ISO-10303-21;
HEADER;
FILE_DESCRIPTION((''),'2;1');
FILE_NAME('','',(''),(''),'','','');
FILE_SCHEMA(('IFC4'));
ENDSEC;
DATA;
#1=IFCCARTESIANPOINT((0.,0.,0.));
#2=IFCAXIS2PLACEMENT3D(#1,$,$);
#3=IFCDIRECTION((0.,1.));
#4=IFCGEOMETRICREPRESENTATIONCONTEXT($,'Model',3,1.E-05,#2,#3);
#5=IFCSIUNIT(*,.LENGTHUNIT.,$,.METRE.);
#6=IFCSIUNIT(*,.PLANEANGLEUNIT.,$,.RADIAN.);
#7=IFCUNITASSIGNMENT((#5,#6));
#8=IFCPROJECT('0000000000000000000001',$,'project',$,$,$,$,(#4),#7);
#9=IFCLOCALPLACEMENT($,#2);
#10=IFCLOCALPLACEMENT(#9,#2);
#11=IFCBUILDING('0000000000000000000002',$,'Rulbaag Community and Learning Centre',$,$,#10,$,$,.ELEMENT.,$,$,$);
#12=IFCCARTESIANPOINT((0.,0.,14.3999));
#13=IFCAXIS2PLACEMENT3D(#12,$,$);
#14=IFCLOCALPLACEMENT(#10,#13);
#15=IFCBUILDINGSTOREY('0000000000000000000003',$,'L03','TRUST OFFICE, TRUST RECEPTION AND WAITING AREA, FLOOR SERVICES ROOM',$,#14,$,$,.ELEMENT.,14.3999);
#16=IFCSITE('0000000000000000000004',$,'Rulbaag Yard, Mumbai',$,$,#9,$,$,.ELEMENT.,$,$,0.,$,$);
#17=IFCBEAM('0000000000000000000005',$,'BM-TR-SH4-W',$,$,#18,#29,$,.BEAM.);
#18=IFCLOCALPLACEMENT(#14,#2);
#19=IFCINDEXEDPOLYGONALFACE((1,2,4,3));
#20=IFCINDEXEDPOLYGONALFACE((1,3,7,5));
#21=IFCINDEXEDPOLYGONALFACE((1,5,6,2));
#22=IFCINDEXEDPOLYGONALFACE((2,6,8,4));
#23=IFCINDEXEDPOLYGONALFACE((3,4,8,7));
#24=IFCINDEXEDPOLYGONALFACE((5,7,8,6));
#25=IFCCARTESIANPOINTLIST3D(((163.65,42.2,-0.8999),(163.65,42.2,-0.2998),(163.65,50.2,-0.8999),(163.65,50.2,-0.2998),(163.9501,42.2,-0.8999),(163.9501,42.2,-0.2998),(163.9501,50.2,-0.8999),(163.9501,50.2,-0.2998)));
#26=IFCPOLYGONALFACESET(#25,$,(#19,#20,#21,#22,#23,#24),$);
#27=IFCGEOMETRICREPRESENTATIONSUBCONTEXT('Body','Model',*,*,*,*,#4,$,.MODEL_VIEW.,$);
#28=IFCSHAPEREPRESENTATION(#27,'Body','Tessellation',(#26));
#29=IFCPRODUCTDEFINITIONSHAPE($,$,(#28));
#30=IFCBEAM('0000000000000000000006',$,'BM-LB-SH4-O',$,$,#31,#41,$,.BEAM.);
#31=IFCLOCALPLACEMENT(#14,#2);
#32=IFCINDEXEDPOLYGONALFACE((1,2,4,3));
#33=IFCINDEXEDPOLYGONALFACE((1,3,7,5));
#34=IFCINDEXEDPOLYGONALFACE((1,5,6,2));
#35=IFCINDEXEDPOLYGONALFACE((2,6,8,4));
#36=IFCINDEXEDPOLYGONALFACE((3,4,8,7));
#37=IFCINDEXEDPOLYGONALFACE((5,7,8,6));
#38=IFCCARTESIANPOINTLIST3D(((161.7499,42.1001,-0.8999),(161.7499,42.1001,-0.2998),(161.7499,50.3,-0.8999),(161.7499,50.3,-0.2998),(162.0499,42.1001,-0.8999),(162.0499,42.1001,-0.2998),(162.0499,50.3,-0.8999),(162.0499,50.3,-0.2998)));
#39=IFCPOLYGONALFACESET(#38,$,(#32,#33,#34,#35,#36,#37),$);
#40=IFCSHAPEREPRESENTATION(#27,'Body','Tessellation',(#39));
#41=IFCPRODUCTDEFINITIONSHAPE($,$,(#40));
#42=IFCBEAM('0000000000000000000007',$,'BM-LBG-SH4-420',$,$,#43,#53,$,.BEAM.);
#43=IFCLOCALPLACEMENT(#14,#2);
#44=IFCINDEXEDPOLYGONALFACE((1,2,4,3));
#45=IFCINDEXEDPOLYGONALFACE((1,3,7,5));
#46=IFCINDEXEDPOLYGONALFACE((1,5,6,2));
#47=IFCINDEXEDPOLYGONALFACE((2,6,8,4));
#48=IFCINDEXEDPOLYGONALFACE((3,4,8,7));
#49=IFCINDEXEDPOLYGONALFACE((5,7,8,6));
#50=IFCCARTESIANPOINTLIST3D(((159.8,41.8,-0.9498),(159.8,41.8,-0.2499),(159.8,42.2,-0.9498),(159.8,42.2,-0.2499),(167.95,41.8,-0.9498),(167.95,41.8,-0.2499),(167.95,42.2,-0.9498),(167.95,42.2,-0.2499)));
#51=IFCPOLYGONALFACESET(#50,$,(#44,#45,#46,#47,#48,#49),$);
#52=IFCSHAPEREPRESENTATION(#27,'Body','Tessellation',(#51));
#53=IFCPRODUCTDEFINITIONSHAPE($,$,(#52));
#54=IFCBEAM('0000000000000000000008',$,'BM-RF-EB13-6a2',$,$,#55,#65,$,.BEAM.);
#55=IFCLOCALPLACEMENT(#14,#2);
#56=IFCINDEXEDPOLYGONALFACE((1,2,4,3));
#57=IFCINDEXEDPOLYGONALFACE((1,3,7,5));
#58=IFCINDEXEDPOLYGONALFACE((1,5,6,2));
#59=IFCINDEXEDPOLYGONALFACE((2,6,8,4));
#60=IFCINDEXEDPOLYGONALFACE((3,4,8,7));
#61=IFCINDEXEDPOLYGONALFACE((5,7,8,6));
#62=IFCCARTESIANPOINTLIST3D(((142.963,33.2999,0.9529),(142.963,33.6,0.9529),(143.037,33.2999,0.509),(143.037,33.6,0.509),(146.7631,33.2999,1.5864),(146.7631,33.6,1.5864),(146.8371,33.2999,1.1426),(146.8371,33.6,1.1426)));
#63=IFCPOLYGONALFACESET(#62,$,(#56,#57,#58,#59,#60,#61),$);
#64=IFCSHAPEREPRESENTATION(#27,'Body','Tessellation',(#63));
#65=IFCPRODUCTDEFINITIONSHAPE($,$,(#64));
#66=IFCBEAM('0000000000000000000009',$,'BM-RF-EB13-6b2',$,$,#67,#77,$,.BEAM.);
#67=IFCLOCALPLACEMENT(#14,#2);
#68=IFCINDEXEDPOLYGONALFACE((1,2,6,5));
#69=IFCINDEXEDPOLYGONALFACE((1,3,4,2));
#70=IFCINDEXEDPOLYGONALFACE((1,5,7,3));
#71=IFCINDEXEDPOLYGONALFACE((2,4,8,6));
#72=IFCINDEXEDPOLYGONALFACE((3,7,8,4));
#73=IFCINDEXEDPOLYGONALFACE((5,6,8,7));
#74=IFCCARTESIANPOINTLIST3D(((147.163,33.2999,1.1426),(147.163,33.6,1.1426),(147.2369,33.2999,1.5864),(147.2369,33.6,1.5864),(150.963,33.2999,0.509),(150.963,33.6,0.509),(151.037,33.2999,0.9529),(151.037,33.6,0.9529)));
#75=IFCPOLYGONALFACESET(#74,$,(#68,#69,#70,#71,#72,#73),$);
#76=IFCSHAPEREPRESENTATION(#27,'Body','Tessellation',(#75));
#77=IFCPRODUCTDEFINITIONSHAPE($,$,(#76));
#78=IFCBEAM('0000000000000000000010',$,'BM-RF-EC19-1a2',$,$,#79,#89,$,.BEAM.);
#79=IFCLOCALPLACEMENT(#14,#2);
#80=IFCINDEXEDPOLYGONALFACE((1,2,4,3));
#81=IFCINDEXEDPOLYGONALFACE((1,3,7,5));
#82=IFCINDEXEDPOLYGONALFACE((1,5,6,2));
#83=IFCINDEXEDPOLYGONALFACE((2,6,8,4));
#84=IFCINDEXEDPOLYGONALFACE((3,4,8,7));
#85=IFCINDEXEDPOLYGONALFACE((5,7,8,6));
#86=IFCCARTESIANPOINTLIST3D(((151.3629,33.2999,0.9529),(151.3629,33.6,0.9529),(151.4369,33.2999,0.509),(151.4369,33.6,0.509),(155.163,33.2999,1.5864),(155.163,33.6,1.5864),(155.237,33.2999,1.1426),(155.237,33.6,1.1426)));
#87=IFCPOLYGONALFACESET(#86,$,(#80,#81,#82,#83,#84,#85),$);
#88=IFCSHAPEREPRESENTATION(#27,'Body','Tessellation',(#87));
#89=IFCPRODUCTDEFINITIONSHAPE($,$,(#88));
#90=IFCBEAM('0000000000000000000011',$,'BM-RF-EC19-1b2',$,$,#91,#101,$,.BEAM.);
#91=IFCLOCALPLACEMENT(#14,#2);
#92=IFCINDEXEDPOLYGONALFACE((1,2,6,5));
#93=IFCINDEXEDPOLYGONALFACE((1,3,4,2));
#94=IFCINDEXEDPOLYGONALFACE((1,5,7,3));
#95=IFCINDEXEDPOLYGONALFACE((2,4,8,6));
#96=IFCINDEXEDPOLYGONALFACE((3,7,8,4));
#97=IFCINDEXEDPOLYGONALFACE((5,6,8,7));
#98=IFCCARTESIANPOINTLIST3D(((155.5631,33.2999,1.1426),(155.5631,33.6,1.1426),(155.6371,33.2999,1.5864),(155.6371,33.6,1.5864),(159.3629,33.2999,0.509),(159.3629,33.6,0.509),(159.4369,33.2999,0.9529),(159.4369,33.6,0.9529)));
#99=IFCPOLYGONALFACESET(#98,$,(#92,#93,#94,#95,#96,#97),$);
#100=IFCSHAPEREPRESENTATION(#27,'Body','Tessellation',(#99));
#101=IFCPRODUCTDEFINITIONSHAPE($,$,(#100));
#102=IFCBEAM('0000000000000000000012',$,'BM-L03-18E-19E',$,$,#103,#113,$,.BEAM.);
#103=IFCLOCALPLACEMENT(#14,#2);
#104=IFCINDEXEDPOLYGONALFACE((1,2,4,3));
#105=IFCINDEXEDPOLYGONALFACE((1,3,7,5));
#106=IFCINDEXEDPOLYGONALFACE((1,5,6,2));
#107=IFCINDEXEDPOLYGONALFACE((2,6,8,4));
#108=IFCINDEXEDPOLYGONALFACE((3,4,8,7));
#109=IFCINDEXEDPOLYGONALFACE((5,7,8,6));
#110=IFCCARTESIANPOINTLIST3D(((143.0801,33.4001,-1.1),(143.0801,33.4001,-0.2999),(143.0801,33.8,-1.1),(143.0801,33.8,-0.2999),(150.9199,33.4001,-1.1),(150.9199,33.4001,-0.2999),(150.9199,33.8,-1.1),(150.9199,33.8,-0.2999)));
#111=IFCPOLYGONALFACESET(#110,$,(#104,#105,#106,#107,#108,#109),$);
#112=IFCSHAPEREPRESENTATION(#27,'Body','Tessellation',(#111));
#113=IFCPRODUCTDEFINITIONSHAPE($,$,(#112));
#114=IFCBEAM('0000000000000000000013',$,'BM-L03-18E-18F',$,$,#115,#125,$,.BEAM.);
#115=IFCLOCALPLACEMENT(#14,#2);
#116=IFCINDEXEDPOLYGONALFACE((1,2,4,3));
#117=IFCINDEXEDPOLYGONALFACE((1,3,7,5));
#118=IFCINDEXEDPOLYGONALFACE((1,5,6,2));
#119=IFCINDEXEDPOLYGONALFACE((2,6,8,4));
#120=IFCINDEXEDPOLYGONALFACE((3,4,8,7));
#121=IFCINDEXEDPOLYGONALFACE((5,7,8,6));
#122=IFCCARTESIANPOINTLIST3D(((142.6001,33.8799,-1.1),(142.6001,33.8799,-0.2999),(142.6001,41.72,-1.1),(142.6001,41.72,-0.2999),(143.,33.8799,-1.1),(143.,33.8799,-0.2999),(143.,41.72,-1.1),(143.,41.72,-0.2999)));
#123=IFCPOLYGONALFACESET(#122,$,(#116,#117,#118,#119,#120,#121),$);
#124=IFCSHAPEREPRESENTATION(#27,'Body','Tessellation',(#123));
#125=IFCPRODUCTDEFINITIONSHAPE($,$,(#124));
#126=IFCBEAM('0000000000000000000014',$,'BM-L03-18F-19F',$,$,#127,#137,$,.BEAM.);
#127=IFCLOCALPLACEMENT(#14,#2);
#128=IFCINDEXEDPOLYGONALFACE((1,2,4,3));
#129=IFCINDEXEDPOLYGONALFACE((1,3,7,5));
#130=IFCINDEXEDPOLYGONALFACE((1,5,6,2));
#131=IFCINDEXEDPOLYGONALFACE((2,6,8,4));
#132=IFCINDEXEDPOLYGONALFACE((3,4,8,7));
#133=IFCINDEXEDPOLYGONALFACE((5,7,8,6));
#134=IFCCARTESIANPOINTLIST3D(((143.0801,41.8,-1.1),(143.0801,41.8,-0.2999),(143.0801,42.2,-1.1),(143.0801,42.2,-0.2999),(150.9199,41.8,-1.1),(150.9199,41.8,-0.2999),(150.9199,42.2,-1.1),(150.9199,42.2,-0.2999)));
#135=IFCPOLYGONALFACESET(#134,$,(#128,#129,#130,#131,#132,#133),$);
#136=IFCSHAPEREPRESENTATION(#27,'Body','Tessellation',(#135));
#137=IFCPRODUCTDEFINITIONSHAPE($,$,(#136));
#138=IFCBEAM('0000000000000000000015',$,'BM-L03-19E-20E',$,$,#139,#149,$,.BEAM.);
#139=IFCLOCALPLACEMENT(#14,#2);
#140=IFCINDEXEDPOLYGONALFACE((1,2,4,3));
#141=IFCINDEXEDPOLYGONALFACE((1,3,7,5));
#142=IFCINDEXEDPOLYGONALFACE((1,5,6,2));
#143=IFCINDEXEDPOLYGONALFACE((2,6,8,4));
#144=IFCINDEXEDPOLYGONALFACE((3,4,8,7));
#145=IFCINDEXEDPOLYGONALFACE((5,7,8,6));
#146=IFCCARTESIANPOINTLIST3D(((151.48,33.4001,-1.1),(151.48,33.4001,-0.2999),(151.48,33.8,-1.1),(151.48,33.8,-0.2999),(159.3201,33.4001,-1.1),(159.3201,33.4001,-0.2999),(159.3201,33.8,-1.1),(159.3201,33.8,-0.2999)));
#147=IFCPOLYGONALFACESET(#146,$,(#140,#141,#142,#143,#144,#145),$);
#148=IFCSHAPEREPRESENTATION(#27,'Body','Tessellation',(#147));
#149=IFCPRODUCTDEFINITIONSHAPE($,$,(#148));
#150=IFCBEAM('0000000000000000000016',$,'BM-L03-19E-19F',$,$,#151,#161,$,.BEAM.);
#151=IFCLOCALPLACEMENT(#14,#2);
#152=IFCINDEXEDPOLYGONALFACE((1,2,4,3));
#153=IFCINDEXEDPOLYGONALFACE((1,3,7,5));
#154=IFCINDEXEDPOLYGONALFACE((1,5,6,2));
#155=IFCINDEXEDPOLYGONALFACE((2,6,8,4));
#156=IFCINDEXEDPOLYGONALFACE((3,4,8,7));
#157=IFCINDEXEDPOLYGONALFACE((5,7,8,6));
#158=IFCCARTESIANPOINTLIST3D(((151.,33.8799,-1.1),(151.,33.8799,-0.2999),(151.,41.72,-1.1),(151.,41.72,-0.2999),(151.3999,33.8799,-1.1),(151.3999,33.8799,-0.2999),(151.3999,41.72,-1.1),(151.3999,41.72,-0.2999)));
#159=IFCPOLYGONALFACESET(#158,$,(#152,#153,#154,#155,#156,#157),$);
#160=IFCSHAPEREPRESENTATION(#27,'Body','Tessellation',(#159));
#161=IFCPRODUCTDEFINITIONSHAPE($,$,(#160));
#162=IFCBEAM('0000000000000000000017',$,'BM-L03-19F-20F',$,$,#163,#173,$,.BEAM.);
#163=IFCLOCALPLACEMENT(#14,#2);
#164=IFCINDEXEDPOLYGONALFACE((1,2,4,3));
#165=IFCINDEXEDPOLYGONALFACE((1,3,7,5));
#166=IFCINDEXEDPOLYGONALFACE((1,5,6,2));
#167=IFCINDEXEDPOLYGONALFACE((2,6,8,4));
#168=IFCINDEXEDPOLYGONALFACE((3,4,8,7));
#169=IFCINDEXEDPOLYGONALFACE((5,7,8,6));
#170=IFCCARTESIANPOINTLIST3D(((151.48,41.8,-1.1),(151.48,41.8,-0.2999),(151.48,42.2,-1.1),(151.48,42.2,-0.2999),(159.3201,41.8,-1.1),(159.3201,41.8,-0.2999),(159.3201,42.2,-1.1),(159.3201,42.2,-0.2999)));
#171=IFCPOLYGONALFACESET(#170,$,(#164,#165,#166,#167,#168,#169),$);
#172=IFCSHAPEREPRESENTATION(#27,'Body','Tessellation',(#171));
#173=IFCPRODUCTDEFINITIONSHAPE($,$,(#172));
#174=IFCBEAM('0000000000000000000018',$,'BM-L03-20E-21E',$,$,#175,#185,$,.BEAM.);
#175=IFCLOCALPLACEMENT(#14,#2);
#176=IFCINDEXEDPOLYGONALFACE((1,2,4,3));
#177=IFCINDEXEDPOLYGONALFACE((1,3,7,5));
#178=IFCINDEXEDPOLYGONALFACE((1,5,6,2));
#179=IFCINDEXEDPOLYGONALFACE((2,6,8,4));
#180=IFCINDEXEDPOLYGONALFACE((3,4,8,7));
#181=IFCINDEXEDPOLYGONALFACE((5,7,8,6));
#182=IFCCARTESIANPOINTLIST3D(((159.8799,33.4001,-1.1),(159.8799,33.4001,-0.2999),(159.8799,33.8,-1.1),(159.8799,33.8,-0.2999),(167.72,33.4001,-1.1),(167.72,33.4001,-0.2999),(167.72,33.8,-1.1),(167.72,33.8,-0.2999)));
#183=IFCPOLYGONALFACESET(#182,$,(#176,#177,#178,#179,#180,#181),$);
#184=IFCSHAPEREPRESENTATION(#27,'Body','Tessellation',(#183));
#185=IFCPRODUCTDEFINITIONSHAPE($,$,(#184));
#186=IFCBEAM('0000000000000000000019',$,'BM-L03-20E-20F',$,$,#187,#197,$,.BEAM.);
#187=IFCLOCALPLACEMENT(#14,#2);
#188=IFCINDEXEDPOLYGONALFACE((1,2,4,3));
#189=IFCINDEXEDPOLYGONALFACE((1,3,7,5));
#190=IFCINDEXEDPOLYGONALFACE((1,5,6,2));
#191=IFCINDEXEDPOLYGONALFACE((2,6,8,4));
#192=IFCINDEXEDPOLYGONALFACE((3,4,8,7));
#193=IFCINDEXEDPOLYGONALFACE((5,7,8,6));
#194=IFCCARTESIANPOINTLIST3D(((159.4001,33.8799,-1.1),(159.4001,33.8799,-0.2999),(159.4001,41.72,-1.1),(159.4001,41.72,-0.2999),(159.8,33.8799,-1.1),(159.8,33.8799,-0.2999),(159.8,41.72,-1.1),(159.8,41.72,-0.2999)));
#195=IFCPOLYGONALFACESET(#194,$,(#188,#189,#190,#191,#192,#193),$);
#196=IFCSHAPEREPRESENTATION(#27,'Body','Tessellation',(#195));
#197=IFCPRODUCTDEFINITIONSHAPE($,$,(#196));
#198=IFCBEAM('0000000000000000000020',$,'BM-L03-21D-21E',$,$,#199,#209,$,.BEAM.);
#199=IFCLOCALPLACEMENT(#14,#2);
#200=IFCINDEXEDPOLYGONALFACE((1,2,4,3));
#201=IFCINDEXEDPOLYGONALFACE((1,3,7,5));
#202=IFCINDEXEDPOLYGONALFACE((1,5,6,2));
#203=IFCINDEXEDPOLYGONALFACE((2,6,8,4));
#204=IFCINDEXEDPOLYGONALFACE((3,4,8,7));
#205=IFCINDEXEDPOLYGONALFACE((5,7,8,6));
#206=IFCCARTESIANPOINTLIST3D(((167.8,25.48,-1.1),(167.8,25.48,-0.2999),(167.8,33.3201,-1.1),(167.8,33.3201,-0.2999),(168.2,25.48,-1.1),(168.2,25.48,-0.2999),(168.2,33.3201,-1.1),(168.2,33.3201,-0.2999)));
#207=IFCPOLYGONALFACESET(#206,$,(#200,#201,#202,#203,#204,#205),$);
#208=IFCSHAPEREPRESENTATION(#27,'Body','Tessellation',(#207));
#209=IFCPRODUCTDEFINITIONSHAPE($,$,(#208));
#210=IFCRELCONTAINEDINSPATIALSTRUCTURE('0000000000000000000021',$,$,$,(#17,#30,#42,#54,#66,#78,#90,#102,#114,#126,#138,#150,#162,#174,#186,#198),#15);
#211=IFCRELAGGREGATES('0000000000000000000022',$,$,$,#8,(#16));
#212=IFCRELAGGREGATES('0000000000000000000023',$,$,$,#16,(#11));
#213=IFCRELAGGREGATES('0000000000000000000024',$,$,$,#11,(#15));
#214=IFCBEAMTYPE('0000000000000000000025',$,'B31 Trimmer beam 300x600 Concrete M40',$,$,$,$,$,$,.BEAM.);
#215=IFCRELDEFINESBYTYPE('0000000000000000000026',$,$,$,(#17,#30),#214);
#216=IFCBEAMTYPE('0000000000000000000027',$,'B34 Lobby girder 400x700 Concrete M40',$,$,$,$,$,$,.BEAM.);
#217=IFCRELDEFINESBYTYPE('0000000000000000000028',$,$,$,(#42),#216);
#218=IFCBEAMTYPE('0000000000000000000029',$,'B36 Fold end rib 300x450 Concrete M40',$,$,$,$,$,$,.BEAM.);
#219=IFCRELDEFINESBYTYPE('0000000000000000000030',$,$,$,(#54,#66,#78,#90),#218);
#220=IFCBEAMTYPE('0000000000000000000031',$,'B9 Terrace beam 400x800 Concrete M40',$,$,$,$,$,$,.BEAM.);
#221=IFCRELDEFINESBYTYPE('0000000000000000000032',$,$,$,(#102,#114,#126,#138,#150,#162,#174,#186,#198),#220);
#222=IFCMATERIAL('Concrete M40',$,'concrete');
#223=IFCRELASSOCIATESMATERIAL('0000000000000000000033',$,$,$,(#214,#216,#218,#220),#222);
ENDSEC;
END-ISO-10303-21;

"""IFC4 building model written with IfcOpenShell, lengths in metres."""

from ifc_helpers import new_model, si_unit, direction, frame, origin, origin_2d, place, context, subcontext, project, spatial, rectangle, extrude, material, material_profile, profile_set, type_object, element, save


model = new_model("IFC4")

# Units and contexts
model_context = context("Model", 3, precision=1e-05, world=origin(), true_north=direction((0.0, 1.0)))
body_context = subcontext(model_context, "Body", "Model", "MODEL_VIEW")
ifc_project = project(units=[si_unit("LENGTHUNIT", "METRE"), si_unit("PLANEANGLEUNIT", "RADIAN")], contexts=[model_context])

# Site, building, storey
site_placement = place(None, origin())
site = spatial("IfcSite", under=ifc_project, at=site_placement, Name="Rulbaag Yard, Mumbai", CompositionType="ELEMENT", RefElevation=0.0)
building_placement = place(site_placement, origin())
building = spatial("IfcBuilding", under=site, at=building_placement, Name="Rulbaag Community and Learning Centre", CompositionType="ELEMENT")
storey_placement = place(building_placement, frame((0.0, 0.0, 14.3999)))
storey = spatial("IfcBuildingStorey", under=building, at=storey_placement, Name="L03", Description="TRUST OFFICE, TRUST RECEPTION AND WAITING AREA, FLOOR SERVICES ROOM", CompositionType="ELEMENT", Elevation=14.3999)

# Beams
ifc_material_1 = material(Name="Concrete M40", Category="concrete")
ifc_material_profile_1 = material_profile(ifc_material_1, rectangle(XDim=0.3, YDim=0.6001, at=origin_2d()), Name="RB300x600")
ifc_profile_set_1 = profile_set([ifc_material_profile_1], Name="Concrete M40")
beam_type_1 = type_object("IfcBeamType", Name="B31 Trimmer beam 300x600 Concrete M40", PredefinedType="BEAM", material=ifc_profile_set_1)
beam_1_placement = place(storey_placement, frame((163.8, 42.2, -0.5999), z_axis=(0.0, 1.0, 0.0), x_axis=(-1.0, 0.0, 0.0)))
element("IfcBeam", 1, at=beam_1_placement, inside=storey, type_object=beam_type_1, Name="BM-TR-SH4-W", PredefinedType="BEAM", context=body_context, shape_type="SweptSolid", body=[
    extrude(rectangle(XDim=0.3, YDim=0.6001, at=origin_2d()), origin(), (0.0, 0.0, 1.0), 8.0),
])
beam_2_placement = place(storey_placement, frame((161.8999, 42.1001, -0.5999), z_axis=(0.0, 1.0, 0.0), x_axis=(-1.0, 0.0, 0.0)))
element("IfcBeam", 2, at=beam_2_placement, inside=storey, type_object=beam_type_1, Name="BM-LB-SH4-O", PredefinedType="BEAM", context=body_context, shape_type="SweptSolid", body=[
    extrude(rectangle(XDim=0.3, YDim=0.6001, at=origin_2d()), origin(), (0.0, 0.0, 1.0), 8.2),
])
ifc_material_profile_2 = material_profile(ifc_material_1, rectangle(XDim=0.3999, YDim=0.7, at=origin_2d()), Name="RB400x700")
ifc_profile_set_2 = profile_set([ifc_material_profile_2], Name="Concrete M40")
beam_type_2 = type_object("IfcBeamType", Name="B34 Lobby girder 400x700 Concrete M40", PredefinedType="BEAM", material=ifc_profile_set_2)
beam_3_placement = place(storey_placement, frame((159.8, 42.0, -0.5999), z_axis=(1.0, 0.0, 0.0), x_axis=(0.0, 1.0, 0.0)))
element("IfcBeam", 3, at=beam_3_placement, inside=storey, type_object=beam_type_2, Name="BM-LBG-SH4-420", PredefinedType="BEAM", context=body_context, shape_type="SweptSolid", body=[
    extrude(rectangle(XDim=0.3999, YDim=0.7, at=origin_2d()), origin(), (0.0, 0.0, 1.0), 8.1499),
])
ifc_material_profile_3 = material_profile(ifc_material_1, rectangle(XDim=0.3, YDim=0.45, at=origin_2d()), Name="RB300x450")
ifc_profile_set_3 = profile_set([ifc_material_profile_3], Name="Concrete M40")
beam_type_3 = type_object("IfcBeamType", Name="B36 Fold end rib 300x450 Concrete M40", PredefinedType="BEAM", material=ifc_profile_set_3)
for number, where, z_axis, x_axis, name in (
    (4, (143.0, 33.45, 0.731), (0.986385, 0.0, 0.16445), (0.0, 1.0, 0.0), "BM-RF-EB13-6a2"),
    (5, (147.2, 33.45, 1.3645), (0.986385, 0.0, -0.16445), (0.0, 1.0, 0.0), "BM-RF-EB13-6b2"),
    (6, (151.3999, 33.45, 0.731), (0.986385, 0.0, 0.16445), (0.0, 1.0, 0.0), "BM-RF-EC19-1a2"),
):
    element("IfcBeam", number, at=place(storey_placement, frame(where, z_axis=z_axis, x_axis=x_axis)), inside=storey, type_object=beam_type_3, Name=name, PredefinedType="BEAM", context=body_context, shape_type="SweptSolid", body=[
        extrude(rectangle(XDim=0.3, YDim=0.45, at=origin_2d()), origin(), (0.0, 0.0, 1.0), 3.8525),
    ])
beam_4_placement = place(storey_placement, frame((155.6001, 33.45, 1.3645), z_axis=(0.986384, 0.0, -0.164461), x_axis=(0.0, 1.0, 0.0)))
element("IfcBeam", 7, at=beam_4_placement, inside=storey, type_object=beam_type_3, Name="BM-RF-EC19-1b2", PredefinedType="BEAM", context=body_context, shape_type="SweptSolid", body=[
    extrude(rectangle(XDim=0.3, YDim=0.45, at=origin_2d()), origin(), (0.0, 0.0, 1.0), 3.8523),
])
ifc_material_profile_4 = material_profile(ifc_material_1, rectangle(XDim=0.3999, YDim=0.8, at=origin_2d()), Name="RB400x800")
ifc_profile_set_4 = profile_set([ifc_material_profile_4], Name="Concrete M40")
beam_type_4 = type_object("IfcBeamType", Name="B9 Terrace beam 400x800 Concrete M40", PredefinedType="BEAM", material=ifc_profile_set_4)
beam_5_placement = place(storey_placement, frame((143.0801, 33.6001, -0.7), z_axis=(1.0, 0.0, 0.0), x_axis=(0.0, 1.0, 0.0)))
element("IfcBeam", 8, at=beam_5_placement, inside=storey, type_object=beam_type_4, Name="BM-L03-18E-19E", PredefinedType="BEAM", context=body_context, shape_type="SweptSolid", body=[
    extrude(rectangle(XDim=0.3999, YDim=0.8, at=origin_2d()), origin(), (0.0, 0.0, 1.0), 7.8398),
])
beam_6_placement = place(storey_placement, frame((142.8, 33.8799, -0.7), z_axis=(0.0, 1.0, 0.0), x_axis=(-1.0, 0.0, 0.0)))
element("IfcBeam", 9, at=beam_6_placement, inside=storey, type_object=beam_type_4, Name="BM-L03-18E-18F", PredefinedType="BEAM", context=body_context, shape_type="SweptSolid", body=[
    extrude(rectangle(XDim=0.3999, YDim=0.8, at=origin_2d()), origin(), (0.0, 0.0, 1.0), 7.8401),
])
beam_7_placement = place(storey_placement, frame((143.0801, 42.0, -0.7), z_axis=(1.0, 0.0, 0.0), x_axis=(0.0, 1.0, 0.0)))
element("IfcBeam", 10, at=beam_7_placement, inside=storey, type_object=beam_type_4, Name="BM-L03-18F-19F", PredefinedType="BEAM", context=body_context, shape_type="SweptSolid", body=[
    extrude(rectangle(XDim=0.3999, YDim=0.8, at=origin_2d()), origin(), (0.0, 0.0, 1.0), 7.8398),
])
for number, where, z_axis, x_axis, name in (
    (11, (151.48, 33.6001, -0.7), (1.0, 0.0, 0.0), (0.0, 1.0, 0.0), "BM-L03-19E-20E"),
    (12, (151.2, 33.8799, -0.7), (0.0, 1.0, 0.0), (-1.0, 0.0, 0.0), "BM-L03-19E-19F"),
    (13, (151.48, 42.0, -0.7), (1.0, 0.0, 0.0), (0.0, 1.0, 0.0), "BM-L03-19F-20F"),
    (14, (159.8799, 33.6001, -0.7), (1.0, 0.0, 0.0), (0.0, 1.0, 0.0), "BM-L03-20E-21E"),
    (15, (159.6001, 33.8799, -0.7), (0.0, 1.0, 0.0), (-1.0, 0.0, 0.0), "BM-L03-20E-20F"),
    (16, (168.0, 25.48, -0.7), (0.0, 1.0, 0.0), (-1.0, 0.0, 0.0), "BM-L03-21D-21E"),
):
    element("IfcBeam", number, at=place(storey_placement, frame(where, z_axis=z_axis, x_axis=x_axis)), inside=storey, type_object=beam_type_4, Name=name, PredefinedType="BEAM", context=body_context, shape_type="SweptSolid", body=[
        extrude(rectangle(XDim=0.3999, YDim=0.8, at=origin_2d()), origin(), (0.0, 0.0, 1.0), 7.8401),
    ])

save(model, "model.ifc")
